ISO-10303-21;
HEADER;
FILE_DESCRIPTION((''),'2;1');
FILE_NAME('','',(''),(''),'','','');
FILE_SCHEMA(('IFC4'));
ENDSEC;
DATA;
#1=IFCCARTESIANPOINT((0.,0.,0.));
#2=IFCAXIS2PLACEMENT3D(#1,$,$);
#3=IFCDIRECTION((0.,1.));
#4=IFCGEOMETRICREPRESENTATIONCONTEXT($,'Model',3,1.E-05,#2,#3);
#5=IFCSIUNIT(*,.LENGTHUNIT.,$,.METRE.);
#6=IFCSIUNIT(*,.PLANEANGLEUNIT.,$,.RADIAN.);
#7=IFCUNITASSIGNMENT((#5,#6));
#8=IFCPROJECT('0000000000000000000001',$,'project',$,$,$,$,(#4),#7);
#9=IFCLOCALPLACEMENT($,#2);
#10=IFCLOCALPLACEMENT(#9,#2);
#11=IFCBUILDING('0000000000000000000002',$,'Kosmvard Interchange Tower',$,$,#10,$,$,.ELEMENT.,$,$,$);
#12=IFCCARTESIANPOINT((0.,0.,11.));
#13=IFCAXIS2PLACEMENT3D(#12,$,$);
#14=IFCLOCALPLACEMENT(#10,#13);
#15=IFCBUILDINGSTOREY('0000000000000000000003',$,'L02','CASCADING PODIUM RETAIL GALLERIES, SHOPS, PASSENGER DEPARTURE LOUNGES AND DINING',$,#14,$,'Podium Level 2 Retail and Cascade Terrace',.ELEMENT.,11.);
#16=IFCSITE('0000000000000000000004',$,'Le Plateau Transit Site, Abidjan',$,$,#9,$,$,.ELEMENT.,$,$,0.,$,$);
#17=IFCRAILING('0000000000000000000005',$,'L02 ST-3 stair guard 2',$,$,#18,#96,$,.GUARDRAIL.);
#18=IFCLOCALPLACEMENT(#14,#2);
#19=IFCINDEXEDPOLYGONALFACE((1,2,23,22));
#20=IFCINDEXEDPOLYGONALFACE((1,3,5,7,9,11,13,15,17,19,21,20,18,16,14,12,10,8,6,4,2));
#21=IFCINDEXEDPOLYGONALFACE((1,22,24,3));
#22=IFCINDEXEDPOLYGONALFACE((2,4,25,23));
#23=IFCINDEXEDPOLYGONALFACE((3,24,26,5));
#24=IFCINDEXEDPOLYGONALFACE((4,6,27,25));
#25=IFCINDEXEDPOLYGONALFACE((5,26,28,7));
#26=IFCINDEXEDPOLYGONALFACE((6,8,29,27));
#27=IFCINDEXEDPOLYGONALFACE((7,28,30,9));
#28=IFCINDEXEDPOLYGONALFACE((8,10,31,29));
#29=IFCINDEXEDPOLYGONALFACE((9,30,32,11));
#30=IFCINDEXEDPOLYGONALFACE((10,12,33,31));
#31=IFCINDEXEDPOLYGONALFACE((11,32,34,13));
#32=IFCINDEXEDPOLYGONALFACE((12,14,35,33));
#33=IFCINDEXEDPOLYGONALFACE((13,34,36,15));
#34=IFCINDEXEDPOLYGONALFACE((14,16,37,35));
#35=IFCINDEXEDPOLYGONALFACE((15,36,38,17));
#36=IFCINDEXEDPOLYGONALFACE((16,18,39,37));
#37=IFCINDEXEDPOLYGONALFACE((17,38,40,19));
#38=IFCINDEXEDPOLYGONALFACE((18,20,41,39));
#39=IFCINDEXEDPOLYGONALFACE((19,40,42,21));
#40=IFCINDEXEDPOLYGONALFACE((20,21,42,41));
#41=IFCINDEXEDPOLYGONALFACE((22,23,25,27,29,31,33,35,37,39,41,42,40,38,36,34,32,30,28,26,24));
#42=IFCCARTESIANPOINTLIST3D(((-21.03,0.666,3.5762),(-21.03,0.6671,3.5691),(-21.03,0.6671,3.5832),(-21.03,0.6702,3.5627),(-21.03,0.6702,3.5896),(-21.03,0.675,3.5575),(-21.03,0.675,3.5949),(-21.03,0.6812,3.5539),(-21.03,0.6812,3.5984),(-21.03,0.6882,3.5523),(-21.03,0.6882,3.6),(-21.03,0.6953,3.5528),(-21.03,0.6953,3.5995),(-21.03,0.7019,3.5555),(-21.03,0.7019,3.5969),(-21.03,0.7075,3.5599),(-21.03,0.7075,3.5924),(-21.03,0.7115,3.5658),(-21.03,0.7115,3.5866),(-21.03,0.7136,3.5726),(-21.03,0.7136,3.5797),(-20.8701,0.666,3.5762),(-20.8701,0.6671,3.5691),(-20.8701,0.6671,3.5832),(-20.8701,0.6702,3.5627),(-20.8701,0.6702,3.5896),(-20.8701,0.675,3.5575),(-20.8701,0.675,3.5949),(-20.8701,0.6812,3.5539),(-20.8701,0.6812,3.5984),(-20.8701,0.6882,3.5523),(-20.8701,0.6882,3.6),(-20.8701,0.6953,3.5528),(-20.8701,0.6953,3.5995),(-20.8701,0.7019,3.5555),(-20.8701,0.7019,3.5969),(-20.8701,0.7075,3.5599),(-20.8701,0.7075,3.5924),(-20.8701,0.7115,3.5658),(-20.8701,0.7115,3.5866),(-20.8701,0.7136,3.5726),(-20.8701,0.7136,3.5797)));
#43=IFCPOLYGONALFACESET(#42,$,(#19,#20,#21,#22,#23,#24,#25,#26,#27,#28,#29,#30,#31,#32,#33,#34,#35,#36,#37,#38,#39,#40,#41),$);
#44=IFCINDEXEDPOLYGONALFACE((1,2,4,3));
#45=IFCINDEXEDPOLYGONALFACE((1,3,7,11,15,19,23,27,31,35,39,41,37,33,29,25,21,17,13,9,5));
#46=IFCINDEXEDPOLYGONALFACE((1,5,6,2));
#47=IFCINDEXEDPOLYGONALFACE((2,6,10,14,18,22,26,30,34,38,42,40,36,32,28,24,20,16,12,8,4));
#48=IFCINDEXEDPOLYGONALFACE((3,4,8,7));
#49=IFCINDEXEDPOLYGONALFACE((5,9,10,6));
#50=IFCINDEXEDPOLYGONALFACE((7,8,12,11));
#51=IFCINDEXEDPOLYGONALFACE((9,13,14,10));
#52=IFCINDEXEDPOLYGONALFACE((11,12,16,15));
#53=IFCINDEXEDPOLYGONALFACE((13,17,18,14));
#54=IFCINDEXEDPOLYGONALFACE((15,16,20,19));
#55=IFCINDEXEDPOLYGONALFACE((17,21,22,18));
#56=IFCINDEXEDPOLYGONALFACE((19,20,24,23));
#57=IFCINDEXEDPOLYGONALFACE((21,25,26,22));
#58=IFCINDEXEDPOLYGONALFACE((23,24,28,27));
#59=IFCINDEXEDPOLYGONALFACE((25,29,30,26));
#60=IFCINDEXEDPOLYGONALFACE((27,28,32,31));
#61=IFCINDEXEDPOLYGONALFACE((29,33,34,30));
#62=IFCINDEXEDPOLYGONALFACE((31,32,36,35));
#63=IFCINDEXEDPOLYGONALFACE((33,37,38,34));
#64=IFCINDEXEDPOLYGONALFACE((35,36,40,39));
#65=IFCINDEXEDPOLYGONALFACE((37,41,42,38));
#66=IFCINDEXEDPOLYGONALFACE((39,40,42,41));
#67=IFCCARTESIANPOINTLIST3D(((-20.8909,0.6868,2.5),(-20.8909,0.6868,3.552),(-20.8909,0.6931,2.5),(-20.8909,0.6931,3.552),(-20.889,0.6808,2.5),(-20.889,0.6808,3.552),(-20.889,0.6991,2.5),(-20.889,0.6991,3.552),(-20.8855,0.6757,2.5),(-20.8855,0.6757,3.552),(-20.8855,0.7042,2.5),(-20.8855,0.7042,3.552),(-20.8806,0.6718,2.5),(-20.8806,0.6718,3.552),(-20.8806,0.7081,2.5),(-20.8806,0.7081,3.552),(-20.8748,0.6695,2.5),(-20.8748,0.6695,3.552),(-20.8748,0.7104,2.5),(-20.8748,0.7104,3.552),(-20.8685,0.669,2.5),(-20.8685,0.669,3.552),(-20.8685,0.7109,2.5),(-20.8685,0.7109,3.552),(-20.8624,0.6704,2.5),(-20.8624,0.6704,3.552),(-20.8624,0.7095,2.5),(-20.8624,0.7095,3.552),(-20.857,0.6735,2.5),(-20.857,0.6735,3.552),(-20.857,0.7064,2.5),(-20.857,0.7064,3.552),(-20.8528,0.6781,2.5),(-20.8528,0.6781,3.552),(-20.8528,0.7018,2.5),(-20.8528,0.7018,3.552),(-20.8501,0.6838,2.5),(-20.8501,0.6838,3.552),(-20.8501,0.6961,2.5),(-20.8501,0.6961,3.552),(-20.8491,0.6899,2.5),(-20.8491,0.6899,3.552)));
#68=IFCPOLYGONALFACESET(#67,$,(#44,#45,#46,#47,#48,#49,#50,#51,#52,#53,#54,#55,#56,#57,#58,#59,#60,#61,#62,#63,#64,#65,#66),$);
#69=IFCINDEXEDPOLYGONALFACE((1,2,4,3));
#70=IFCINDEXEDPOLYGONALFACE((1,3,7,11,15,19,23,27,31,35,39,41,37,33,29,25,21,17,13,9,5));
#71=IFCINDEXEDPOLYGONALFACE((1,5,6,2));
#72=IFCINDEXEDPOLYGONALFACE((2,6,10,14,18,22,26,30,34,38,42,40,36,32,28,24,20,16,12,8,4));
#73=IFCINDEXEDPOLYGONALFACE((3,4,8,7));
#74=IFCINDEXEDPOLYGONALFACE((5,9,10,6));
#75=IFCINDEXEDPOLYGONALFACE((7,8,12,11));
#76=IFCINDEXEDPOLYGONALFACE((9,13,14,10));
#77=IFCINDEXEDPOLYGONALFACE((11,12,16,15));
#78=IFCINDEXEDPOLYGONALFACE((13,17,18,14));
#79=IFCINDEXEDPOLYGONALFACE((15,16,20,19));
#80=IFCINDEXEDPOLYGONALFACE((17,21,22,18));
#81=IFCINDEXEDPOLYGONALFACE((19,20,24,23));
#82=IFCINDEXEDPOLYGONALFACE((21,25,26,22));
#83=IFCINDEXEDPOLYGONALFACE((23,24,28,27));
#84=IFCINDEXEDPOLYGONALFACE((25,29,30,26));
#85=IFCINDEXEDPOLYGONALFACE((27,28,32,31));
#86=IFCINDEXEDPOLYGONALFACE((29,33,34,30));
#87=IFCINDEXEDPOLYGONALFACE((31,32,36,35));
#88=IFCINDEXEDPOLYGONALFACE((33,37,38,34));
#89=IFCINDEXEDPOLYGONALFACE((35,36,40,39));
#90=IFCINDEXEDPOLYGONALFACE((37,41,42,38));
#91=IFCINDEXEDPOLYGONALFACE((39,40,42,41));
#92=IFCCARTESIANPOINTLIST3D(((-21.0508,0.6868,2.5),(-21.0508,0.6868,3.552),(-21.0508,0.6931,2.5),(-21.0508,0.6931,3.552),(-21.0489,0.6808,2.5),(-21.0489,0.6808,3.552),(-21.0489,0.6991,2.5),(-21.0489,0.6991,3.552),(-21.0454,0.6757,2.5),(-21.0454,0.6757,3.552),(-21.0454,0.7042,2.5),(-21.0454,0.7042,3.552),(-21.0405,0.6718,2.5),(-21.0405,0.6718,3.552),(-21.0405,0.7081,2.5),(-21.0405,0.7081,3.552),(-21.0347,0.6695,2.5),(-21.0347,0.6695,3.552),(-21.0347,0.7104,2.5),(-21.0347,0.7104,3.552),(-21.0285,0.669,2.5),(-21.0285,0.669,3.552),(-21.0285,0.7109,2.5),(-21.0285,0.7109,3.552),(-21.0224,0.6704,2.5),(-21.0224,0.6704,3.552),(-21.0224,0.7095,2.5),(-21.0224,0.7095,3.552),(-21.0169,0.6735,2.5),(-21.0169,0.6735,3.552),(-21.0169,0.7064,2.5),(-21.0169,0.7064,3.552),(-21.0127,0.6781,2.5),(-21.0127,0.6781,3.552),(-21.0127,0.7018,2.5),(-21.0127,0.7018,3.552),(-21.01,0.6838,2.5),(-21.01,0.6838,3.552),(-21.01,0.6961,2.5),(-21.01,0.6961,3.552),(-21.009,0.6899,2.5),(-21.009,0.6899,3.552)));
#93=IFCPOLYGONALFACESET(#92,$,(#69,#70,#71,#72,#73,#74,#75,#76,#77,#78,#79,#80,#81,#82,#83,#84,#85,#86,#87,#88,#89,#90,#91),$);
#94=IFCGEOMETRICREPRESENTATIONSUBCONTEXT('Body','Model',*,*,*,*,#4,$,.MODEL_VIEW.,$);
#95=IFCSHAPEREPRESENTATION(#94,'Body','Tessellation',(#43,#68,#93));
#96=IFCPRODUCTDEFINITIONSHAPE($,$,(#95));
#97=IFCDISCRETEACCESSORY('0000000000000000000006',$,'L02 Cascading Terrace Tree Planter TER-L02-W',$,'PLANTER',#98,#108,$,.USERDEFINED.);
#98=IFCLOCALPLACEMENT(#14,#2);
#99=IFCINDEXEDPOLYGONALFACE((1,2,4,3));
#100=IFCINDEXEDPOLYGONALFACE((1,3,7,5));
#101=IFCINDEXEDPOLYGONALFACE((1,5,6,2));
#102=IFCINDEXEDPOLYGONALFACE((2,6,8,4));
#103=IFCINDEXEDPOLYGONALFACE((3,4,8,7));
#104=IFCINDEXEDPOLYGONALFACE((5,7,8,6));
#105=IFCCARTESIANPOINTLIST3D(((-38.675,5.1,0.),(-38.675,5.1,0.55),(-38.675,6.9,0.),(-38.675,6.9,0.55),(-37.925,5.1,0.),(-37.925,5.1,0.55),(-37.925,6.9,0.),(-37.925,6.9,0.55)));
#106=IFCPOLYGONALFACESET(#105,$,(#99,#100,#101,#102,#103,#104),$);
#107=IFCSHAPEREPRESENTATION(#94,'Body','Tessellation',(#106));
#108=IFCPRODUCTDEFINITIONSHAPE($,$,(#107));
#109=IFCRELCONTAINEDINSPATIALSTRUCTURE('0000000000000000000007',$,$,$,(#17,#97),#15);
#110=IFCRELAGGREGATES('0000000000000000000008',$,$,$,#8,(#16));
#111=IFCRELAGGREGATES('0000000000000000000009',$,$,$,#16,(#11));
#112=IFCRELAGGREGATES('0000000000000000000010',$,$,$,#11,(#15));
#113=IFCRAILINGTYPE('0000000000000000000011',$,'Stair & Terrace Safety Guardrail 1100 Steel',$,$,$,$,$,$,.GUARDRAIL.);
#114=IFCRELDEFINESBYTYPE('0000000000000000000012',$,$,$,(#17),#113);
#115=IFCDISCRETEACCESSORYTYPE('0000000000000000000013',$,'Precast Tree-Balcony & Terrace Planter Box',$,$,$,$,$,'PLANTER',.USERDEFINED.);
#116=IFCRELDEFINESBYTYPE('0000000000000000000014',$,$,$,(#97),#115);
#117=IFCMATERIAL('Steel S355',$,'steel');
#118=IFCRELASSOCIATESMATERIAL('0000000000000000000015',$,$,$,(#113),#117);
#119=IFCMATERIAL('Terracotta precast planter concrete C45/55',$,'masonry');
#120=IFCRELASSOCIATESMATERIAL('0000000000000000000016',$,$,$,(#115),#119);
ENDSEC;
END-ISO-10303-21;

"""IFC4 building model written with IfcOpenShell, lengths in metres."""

from ifc_helpers import new_model, si_unit, direction, frame, origin, origin_2d, place, context, subcontext, project, spatial, rectangle, circle, extrude, source, transform, mapped, material, type_object, element, save


model = new_model("IFC4")

# Units and contexts
model_context = context("Model", 3, precision=1e-05, world=origin(), true_north=direction((0.0, 1.0)))
body_context = subcontext(model_context, "Body", "Model", "MODEL_VIEW")
ifc_project = project(units=[si_unit("LENGTHUNIT", "METRE"), si_unit("PLANEANGLEUNIT", "RADIAN")], contexts=[model_context])

# Site, building, storey
site_placement = place(None, origin())
site = spatial("IfcSite", under=ifc_project, at=site_placement, Name="Le Plateau Transit Site, Abidjan", CompositionType="ELEMENT", RefElevation=0.0)
building_placement = place(site_placement, origin())
building = spatial("IfcBuilding", under=site, at=building_placement, Name="Kosmvard Interchange Tower", CompositionType="ELEMENT")
storey_placement = place(building_placement, frame((0.0, 0.0, 11.0)))
storey = spatial("IfcBuildingStorey", under=building, at=storey_placement, Name="L02", Description="CASCADING PODIUM RETAIL GALLERIES, SHOPS, PASSENGER DEPARTURE LOUNGES AND DINING", LongName="Podium Level 2 Retail and Cascade Terrace", CompositionType="ELEMENT", Elevation=11.0)

# Shared definitions
ifc_material_1 = material(Name="Steel S355", Category="steel")

# Railing
railing_type_1 = type_object("IfcRailingType", Name="Stair & Terrace Safety Guardrail 1100 Steel", PredefinedType="GUARDRAIL", material=ifc_material_1)
shared_shape_1 = source(origin(), body_context, "Body", "SweptSolid", [
    extrude(circle(Radius=0.0239, at=origin_2d()), frame((0.0, 0.0, 1.0762), z_axis=(-1.0, 0.0, 0.0), x_axis=(0.0, -1.0, 0.0)), (0.0, 0.0, 1.0), 0.1599),
    extrude(circle(Radius=0.021, at=origin_2d()), origin(), (0.0, 0.0, 1.0), 1.052),
    extrude(circle(Radius=0.021, at=origin_2d()), frame((-0.1599, 0.0, 0.0)), (0.0, 0.0, 1.0), 1.052),
])
railing_1_placement = place(storey_placement, frame((-20.8701, 0.6899, 2.5)))
element("IfcRailing", 1, at=railing_1_placement, inside=storey, type_object=railing_type_1, Name="L02 ST-3 stair guard 2", PredefinedType="GUARDRAIL", context=body_context, shape_type="MappedRepresentation", body=[
    mapped(shared_shape_1, transform((0.0, 0.0, 0.0), scale=1.0)),
])

# Discrete accessory
ifc_material_2 = material(Name="Terracotta precast planter concrete C45/55", Category="masonry")
discrete_accessory_type = type_object("IfcDiscreteAccessoryType", Name="Precast Tree-Balcony & Terrace Planter Box", ElementType="PLANTER", PredefinedType="USERDEFINED", material=ifc_material_2)
shared_shape_2 = source(origin(), body_context, "Body", "SweptSolid", [
    extrude(rectangle(XDim=0.75, YDim=1.8, at=origin_2d()), origin(), (0.0, 0.0, 1.0), 0.55),
])
discrete_accessory_placement = place(storey_placement, frame((-38.3, 6.0, 0.0), z_axis=(0.0, 0.0, 1.0), x_axis=(1.0, 0.0, 0.0)))
element("IfcDiscreteAccessory", 2, at=discrete_accessory_placement, inside=storey, type_object=discrete_accessory_type, Name="L02 Cascading Terrace Tree Planter TER-L02-W", ObjectType="PLANTER", PredefinedType="USERDEFINED", context=body_context, shape_type="MappedRepresentation", body=[
    mapped(shared_shape_2, transform((0.0, 0.0, 0.0), scale=1.0)),
])

save(model, "model.ifc")
